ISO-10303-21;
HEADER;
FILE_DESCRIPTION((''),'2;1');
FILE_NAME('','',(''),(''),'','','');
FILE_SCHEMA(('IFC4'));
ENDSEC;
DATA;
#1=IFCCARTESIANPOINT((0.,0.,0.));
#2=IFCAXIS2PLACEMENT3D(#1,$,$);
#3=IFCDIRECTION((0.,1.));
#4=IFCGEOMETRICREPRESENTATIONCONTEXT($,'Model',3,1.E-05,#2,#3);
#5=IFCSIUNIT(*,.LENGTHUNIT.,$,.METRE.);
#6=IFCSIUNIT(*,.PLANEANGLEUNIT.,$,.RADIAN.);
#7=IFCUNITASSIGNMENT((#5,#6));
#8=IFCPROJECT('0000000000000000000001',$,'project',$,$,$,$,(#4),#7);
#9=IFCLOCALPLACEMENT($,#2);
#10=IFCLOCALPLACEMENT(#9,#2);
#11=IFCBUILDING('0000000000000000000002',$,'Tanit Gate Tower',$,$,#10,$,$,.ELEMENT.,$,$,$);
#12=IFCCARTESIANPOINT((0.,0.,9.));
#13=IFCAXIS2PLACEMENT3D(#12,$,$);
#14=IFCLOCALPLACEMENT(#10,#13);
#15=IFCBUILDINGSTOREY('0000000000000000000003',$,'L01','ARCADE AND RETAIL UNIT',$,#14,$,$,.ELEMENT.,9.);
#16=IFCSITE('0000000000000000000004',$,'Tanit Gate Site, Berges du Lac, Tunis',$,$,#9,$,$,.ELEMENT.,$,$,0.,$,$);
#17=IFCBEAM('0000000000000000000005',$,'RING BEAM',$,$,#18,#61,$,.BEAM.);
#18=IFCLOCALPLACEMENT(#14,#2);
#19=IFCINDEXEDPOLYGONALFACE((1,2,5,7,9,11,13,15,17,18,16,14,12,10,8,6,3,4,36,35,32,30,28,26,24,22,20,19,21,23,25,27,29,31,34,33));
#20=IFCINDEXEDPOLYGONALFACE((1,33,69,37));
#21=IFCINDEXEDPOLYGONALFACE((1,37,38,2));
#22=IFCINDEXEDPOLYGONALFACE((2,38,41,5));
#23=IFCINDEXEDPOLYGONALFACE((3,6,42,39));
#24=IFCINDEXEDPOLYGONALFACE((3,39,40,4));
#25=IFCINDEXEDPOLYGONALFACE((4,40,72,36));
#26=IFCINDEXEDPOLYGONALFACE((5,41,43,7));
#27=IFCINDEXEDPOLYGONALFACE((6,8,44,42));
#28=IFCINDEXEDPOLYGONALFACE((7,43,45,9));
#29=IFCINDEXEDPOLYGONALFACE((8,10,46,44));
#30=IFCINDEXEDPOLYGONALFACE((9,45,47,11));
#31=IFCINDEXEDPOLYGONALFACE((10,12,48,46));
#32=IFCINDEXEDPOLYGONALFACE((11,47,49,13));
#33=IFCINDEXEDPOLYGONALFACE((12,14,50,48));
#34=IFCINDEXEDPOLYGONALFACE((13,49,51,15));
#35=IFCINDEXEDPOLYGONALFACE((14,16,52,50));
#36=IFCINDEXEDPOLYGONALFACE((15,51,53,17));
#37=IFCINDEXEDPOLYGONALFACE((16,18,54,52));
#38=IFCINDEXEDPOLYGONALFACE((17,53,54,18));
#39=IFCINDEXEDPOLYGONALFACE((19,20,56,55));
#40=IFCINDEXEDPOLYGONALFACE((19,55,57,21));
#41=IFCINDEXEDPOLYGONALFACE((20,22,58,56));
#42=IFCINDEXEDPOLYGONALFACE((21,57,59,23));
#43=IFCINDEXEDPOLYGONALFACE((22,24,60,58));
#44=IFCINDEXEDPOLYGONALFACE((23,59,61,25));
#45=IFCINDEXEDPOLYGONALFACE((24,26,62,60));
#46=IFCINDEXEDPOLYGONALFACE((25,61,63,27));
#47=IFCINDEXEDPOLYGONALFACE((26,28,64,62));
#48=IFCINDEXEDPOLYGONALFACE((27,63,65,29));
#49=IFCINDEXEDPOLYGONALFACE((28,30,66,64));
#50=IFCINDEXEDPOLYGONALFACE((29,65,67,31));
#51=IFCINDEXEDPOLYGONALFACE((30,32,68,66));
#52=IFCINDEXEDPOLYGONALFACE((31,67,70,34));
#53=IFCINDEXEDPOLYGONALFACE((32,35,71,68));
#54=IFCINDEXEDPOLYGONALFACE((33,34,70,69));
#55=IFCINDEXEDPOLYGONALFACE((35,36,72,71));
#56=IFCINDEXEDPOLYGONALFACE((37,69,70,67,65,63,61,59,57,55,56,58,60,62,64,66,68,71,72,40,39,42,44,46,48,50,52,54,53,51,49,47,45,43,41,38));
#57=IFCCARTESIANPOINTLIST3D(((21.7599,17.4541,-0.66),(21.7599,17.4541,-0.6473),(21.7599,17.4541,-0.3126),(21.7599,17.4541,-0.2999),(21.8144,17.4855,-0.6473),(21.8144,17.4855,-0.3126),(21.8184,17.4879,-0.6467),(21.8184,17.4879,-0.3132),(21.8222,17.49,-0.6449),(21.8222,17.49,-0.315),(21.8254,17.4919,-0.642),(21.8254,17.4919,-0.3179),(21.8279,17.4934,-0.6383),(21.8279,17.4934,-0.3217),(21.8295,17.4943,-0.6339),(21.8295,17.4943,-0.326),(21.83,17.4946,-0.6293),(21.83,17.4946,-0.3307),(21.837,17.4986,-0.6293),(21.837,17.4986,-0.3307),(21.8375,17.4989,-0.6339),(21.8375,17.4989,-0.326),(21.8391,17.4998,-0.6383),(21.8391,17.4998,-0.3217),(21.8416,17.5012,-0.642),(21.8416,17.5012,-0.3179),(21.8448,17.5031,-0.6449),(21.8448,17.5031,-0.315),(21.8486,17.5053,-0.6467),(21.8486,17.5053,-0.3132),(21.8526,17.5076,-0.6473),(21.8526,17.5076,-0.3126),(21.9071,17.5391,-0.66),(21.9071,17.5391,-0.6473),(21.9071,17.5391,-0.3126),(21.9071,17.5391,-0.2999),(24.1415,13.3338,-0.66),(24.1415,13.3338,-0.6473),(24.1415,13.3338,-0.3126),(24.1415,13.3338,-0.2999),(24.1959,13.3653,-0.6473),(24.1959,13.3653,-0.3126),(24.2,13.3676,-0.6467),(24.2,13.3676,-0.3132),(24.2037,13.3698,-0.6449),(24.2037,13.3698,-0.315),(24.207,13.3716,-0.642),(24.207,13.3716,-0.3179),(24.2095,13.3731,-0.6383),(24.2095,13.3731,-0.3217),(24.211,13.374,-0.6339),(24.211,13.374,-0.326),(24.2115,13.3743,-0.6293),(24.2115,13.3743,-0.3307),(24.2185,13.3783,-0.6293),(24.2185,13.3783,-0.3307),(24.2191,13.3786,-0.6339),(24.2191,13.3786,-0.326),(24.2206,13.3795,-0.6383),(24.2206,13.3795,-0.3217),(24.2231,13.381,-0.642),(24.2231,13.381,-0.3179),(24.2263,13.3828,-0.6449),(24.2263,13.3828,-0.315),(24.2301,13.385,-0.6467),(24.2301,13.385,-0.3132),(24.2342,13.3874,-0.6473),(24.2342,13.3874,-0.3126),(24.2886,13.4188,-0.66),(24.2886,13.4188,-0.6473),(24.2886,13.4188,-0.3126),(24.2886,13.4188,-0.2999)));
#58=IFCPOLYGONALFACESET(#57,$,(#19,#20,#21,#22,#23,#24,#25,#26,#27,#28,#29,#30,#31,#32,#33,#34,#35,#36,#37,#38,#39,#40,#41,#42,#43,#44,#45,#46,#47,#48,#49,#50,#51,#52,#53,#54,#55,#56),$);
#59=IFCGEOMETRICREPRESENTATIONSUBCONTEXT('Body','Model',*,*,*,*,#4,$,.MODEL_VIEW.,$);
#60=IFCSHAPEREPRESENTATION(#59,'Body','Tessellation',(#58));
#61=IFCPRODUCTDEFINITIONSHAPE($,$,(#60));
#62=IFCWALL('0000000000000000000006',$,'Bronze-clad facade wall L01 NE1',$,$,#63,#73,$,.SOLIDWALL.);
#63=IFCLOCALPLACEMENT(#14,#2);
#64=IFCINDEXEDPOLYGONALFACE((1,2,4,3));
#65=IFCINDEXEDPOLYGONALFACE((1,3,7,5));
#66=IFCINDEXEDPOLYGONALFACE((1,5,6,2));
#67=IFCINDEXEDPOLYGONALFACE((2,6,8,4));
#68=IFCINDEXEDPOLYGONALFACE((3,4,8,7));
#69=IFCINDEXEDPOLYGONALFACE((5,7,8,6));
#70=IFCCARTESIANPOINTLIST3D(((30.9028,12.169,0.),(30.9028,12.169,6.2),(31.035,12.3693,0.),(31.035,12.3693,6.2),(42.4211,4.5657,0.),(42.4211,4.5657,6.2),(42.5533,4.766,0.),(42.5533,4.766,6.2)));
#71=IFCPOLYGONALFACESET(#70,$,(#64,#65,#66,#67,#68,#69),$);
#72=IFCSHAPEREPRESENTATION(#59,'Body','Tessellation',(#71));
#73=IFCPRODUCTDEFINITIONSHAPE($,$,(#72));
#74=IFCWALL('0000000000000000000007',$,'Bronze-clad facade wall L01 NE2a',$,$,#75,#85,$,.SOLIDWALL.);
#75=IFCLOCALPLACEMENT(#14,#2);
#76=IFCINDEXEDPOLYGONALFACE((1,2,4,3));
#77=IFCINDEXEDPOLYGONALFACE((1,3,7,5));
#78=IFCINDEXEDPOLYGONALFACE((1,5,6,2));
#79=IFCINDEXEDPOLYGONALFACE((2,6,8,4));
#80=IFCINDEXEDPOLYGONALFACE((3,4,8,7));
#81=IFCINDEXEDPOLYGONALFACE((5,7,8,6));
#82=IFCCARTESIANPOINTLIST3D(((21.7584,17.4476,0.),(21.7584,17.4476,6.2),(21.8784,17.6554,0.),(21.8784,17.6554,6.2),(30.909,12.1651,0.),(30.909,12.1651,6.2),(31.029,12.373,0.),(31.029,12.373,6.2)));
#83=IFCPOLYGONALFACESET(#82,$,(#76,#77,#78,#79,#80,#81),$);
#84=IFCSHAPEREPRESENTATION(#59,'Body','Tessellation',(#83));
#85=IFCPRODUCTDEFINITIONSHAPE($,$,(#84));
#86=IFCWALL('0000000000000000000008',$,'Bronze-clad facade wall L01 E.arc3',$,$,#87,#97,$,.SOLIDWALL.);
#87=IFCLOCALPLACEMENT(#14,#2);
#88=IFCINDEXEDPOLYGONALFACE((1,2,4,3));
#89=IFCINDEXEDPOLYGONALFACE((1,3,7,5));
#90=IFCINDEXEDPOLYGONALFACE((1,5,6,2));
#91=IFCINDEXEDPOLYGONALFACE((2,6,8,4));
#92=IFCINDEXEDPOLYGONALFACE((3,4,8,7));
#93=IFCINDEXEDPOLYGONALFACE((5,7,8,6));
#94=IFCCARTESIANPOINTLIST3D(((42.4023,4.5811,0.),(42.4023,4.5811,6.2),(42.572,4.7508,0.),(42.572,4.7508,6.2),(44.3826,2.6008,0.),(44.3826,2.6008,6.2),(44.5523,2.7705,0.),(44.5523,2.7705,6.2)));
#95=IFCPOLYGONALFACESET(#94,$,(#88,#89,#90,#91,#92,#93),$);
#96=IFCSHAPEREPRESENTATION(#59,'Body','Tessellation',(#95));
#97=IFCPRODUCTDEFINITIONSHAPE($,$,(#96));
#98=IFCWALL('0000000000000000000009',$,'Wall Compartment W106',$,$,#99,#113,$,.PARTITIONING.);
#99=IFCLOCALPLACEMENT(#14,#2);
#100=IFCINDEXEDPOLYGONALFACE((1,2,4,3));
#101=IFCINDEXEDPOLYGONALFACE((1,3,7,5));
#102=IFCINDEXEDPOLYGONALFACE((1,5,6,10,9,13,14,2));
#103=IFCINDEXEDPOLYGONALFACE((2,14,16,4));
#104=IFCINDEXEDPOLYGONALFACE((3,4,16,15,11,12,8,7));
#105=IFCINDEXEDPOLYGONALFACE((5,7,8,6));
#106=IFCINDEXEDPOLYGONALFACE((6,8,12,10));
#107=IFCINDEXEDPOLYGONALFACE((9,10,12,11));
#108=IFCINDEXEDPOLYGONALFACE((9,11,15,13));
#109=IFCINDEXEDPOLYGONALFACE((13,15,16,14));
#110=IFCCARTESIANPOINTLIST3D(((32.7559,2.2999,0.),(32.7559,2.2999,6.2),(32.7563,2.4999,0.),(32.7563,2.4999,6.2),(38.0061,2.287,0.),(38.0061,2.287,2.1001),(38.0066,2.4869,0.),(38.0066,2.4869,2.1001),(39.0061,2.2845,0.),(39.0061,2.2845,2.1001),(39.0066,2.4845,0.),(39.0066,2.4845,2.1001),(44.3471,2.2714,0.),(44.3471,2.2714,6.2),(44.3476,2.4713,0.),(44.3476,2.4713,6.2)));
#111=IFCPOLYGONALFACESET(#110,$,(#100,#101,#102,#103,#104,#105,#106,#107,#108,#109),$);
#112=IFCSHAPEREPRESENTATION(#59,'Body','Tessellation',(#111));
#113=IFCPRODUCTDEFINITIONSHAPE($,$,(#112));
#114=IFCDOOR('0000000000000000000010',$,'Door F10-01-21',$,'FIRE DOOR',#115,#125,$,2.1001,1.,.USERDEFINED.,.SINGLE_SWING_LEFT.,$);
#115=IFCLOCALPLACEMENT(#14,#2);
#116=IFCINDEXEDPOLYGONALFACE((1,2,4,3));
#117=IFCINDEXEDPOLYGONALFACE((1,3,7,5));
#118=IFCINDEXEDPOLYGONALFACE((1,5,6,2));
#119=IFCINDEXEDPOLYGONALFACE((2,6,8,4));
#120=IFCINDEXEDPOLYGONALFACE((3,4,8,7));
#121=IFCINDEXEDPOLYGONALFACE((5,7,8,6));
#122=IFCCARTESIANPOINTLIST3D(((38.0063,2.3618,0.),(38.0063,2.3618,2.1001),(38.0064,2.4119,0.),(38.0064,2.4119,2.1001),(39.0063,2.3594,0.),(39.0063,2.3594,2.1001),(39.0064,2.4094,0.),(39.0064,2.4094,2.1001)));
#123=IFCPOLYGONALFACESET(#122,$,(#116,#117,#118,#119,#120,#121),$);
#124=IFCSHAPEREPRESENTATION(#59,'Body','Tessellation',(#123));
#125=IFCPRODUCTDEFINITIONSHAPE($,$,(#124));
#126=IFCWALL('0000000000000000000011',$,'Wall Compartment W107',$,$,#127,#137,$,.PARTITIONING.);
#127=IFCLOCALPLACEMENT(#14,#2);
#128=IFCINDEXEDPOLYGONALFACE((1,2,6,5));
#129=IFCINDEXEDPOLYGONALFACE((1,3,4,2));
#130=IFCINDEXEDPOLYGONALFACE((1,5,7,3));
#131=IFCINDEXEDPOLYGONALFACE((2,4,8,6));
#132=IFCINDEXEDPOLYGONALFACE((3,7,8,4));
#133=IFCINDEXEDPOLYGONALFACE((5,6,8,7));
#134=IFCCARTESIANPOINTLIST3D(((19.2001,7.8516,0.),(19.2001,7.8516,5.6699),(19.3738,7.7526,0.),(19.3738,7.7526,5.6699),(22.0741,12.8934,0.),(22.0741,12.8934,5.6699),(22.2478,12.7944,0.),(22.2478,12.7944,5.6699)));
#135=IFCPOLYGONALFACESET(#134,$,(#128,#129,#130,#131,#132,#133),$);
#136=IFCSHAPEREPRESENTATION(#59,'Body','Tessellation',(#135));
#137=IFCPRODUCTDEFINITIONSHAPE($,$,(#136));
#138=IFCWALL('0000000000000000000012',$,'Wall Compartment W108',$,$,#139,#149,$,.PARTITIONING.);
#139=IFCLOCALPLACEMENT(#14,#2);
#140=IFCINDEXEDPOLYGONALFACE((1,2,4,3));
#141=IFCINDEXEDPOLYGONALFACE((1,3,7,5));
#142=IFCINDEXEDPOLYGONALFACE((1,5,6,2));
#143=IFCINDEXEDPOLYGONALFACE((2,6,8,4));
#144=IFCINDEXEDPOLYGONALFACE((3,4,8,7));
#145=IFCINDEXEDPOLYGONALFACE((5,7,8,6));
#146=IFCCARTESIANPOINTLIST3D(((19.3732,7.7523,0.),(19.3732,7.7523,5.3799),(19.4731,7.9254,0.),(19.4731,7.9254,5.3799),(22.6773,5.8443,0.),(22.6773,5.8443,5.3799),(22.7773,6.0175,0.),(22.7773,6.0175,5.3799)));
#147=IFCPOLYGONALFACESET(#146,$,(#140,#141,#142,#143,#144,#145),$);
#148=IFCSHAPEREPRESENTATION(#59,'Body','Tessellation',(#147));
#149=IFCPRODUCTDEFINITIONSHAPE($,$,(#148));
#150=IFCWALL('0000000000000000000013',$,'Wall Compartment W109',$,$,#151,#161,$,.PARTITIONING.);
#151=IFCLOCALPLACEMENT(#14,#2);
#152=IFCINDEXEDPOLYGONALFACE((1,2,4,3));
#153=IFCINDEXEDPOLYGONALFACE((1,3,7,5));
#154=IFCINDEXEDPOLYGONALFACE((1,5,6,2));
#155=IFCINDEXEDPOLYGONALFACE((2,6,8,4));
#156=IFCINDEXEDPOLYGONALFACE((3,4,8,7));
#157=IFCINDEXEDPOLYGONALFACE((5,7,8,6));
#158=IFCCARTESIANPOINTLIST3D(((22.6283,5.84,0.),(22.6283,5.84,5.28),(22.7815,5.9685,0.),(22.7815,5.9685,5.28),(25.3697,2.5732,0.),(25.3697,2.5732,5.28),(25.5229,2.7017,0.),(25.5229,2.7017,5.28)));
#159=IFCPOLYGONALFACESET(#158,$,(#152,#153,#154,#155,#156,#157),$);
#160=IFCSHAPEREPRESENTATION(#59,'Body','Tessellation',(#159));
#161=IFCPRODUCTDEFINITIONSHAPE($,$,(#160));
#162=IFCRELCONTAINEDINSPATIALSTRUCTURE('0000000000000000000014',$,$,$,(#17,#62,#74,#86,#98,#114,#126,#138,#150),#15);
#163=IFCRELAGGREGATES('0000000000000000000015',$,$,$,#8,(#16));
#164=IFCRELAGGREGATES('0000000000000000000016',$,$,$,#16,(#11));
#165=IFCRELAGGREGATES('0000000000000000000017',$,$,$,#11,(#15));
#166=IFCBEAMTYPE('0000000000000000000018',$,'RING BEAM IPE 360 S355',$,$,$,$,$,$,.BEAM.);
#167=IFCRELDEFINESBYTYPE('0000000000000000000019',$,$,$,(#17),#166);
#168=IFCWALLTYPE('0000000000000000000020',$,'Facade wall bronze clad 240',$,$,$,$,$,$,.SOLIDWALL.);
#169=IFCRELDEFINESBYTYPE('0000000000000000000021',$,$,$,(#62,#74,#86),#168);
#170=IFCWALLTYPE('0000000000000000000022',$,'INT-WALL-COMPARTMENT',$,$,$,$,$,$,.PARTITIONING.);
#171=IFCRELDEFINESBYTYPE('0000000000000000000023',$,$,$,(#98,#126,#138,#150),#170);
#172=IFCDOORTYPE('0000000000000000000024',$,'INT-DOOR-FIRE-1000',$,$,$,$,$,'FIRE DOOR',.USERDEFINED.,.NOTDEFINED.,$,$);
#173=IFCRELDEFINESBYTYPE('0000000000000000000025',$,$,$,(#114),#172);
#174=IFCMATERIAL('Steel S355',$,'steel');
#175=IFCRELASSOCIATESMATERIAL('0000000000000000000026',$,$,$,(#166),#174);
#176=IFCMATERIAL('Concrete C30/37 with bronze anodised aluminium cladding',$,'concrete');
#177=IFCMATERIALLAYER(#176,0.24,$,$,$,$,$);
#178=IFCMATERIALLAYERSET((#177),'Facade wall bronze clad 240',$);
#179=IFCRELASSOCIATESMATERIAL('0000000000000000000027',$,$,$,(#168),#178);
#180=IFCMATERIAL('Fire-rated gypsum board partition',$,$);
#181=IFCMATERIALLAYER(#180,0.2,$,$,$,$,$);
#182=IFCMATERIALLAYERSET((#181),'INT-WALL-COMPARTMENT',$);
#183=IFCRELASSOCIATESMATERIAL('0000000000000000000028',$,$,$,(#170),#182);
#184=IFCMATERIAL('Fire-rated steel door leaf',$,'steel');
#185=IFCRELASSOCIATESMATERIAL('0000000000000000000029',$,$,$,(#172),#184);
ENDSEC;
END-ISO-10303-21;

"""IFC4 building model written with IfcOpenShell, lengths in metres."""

from ifc_helpers import new_model, si_unit, direction, frame, frame_2d, origin, origin_2d, place, context, subcontext, project, spatial, rectangle, i_section, extrude, material, layer, layer_set, material_profile, profile_set, type_object, element, fill, save


model = new_model("IFC4")

# Units and contexts
model_context = context("Model", 3, precision=1e-05, world=origin(), true_north=direction((0.0, 1.0)))
body_context = subcontext(model_context, "Body", "Model", "MODEL_VIEW")
ifc_project = project(units=[si_unit("LENGTHUNIT", "METRE"), si_unit("PLANEANGLEUNIT", "RADIAN")], contexts=[model_context])

# Site, building, storey
site_placement = place(None, origin())
site = spatial("IfcSite", under=ifc_project, at=site_placement, Name="Tanit Gate Site, Berges du Lac, Tunis", CompositionType="ELEMENT", RefElevation=0.0)
building_placement = place(site_placement, origin())
building = spatial("IfcBuilding", under=site, at=building_placement, Name="Tanit Gate Tower", CompositionType="ELEMENT")
storey_placement = place(building_placement, frame((0.0, 0.0, 9.0)))
storey = spatial("IfcBuildingStorey", under=building, at=storey_placement, Name="L01", Description="ARCADE AND RETAIL UNIT", CompositionType="ELEMENT", Elevation=9.0)

# Beam
ifc_material_1 = material(Name="Steel S355", Category="steel")
ifc_material_profile_1 = material_profile(ifc_material_1, i_section(OverallWidth=0.1699, OverallDepth=0.3601, WebThickness=0.0081, FlangeThickness=0.0127, FilletRadius=0.0181, at=origin_2d()), Name="IPE 360")
ifc_profile_set_1 = profile_set([ifc_material_profile_1], Name="Steel S355")
beam_type_1 = type_object("IfcBeamType", Name="RING BEAM IPE 360 S355", PredefinedType="BEAM", material=ifc_profile_set_1)
beam_1_placement = place(storey_placement, frame((21.8335, 17.4966, -0.48), z_axis=(0.500425, -0.86578, 0.0), x_axis=(0.86578, 0.500425, 0.0)))
element("IfcBeam", 1, at=beam_1_placement, inside=storey, type_object=beam_type_1, Name="RING BEAM", PredefinedType="BEAM", context=body_context, shape_type="SweptSolid", body=[
    extrude(i_section(OverallWidth=0.1699, OverallDepth=0.3601, WebThickness=0.0081, FlangeThickness=0.0127, FilletRadius=0.0181, at=origin_2d()), origin(), (0.0, 0.0, 1.0), 4.759),
])

# Walls
ifc_material_2 = material(Name="Concrete C30/37 with bronze anodised aluminium cladding", Category="concrete")
ifc_layer_1 = layer(ifc_material_2, 0.24)
ifc_layer_set_1 = layer_set([ifc_layer_1], Name="Facade wall bronze clad 240")
wall_type_1 = type_object("IfcWallType", Name="Facade wall bronze clad 240", PredefinedType="SOLIDWALL", material=ifc_layer_set_1)
wall_1_placement = place(storey_placement, frame((42.4873, 4.6658, 0.0), z_axis=(0.0, 0.0, 1.0), x_axis=(-0.83457, 0.550902, 0.0)))
element("IfcWall", 2, at=wall_1_placement, inside=storey, type_object=wall_type_1, Name="Bronze-clad facade wall L01 NE1", PredefinedType="SOLIDWALL", context=body_context, shape_type="SweptSolid", body=[
    extrude(rectangle(XDim=13.8015, YDim=0.24, at=frame_2d((6.9009, 0.0))), origin(), (0.0, 0.0, 1.0), 6.2),
])
wall_2_placement = place(storey_placement, frame((30.969, 12.269, 0.0), z_axis=(0.0, 0.0, 1.0), x_axis=(-0.866052, 0.499954, 0.0)))
element("IfcWall", 3, at=wall_2_placement, inside=storey, type_object=wall_type_1, Name="Bronze-clad facade wall L01 NE2a", PredefinedType="SOLIDWALL", context=body_context, shape_type="SweptSolid", body=[
    extrude(rectangle(XDim=10.5659, YDim=0.24, at=frame_2d((5.283, 0.0))), origin(), (0.0, 0.0, 1.0), 6.2),
])
wall_3_placement = place(storey_placement, frame((44.4675, 2.6855, 0.0), z_axis=(0.0, 0.0, 1.0), x_axis=(-0.707107, 0.707107, 0.0)))
element("IfcWall", 4, at=wall_3_placement, inside=storey, type_object=wall_type_1, Name="Bronze-clad facade wall L01 E.arc3", PredefinedType="SOLIDWALL", context=body_context, shape_type="SweptSolid", body=[
    extrude(rectangle(XDim=2.8005, YDim=0.24, at=frame_2d((1.4004, 0.0))), origin(), (0.0, 0.0, 1.0), 6.2),
])

# Wall, opening, door
ifc_material_3 = material(Name="Fire-rated gypsum board partition")
ifc_layer_2 = layer(ifc_material_3, 0.2)
ifc_layer_set_2 = layer_set([ifc_layer_2], Name="INT-WALL-COMPARTMENT")
wall_type_2 = type_object("IfcWallType", Name="INT-WALL-COMPARTMENT", PredefinedType="PARTITIONING", material=ifc_layer_set_2)
wall_4_placement = place(storey_placement, frame((32.7561, 2.3999, 0.0), z_axis=(0.0, 0.0, 1.0), x_axis=(0.999997, -0.002464, 0.0)))
wall_4 = element("IfcWall", 5, at=wall_4_placement, inside=storey, type_object=wall_type_2, Name="Wall Compartment W106", PredefinedType="PARTITIONING", context=body_context, shape_type="SweptSolid", body=[
    extrude(rectangle(XDim=11.5913, YDim=0.2, at=frame_2d((5.7957, 0.0))), origin(), (0.0, 0.0, 1.0), 6.2),
])
opening_1_placement = place(wall_4_placement, frame((5.2502, 0.0, 0.0)))
opening_1 = element("IfcOpeningElement", 6, at=opening_1_placement, cuts=wall_4, PredefinedType="OPENING", context=body_context, shape_type="SweptSolid", body=[
    extrude(rectangle(XDim=1.0, YDim=2.1001, at=frame_2d((0.5, 1.05))), frame((0.0, 0.1099, 0.0), z_axis=(0.0, -1.0, 0.0), x_axis=(1.0, 0.0, 0.0)), (0.0, 0.0, 1.0), 0.22),
])
ifc_material_4 = material(Name="Fire-rated steel door leaf", Category="steel")
door_type_1 = type_object("IfcDoorType", Name="INT-DOOR-FIRE-1000", ElementType="FIRE DOOR", OperationType="NOTDEFINED", PredefinedType="USERDEFINED", material=ifc_material_4)
door_1_placement = place(opening_1_placement, origin())
door_1 = element("IfcDoor", 7, at=door_1_placement, inside=storey, type_object=door_type_1, Name="Door F10-01-21", ObjectType="FIRE DOOR", OperationType="SINGLE_SWING_LEFT", OverallHeight=2.1001, OverallWidth=1.0, PredefinedType="USERDEFINED", context=body_context, shape_type="SweptSolid", body=[
    extrude(rectangle(XDim=1.0, YDim=2.1001, at=frame_2d((0.5, 1.05))), frame((0.0, 0.0249, 0.0), z_axis=(0.0, -1.0, 0.0), x_axis=(1.0, 0.0, 0.0)), (0.0, 0.0, 1.0), 0.05),
])
fill(opening_1, door_1)

# Walls
wall_5_placement = place(storey_placement, frame((19.2869, 7.802, 0.0), z_axis=(0.0, 0.0, 1.0), x_axis=(0.495233, 0.86876, 0.0)))
element("IfcWall", 8, at=wall_5_placement, inside=storey, type_object=wall_type_2, Name="Wall Compartment W107", PredefinedType="PARTITIONING", context=body_context, shape_type="SweptSolid", body=[
    extrude(rectangle(XDim=5.8035, YDim=0.2, at=frame_2d((2.9019, 0.0))), origin(), (0.0, 0.0, 1.0), 5.6699),
])
wall_6_placement = place(storey_placement, frame((22.7273, 5.9309, 0.0), z_axis=(0.0, 0.0, 1.0), x_axis=(-0.865994, 0.500055, 0.0)))
element("IfcWall", 9, at=wall_6_placement, inside=storey, type_object=wall_type_2, Name="Wall Compartment W108", PredefinedType="PARTITIONING", context=body_context, shape_type="SweptSolid", body=[
    extrude(rectangle(XDim=3.8154, YDim=0.2, at=frame_2d((1.9077, 0.0))), origin(), (0.0, 0.0, 1.0), 5.3799),
])
wall_7_placement = place(storey_placement, frame((25.4463, 2.6375, 0.0), z_axis=(0.0, 0.0, 1.0), x_axis=(-0.642821, 0.766016, 0.0)))
element("IfcWall", 10, at=wall_7_placement, inside=storey, type_object=wall_type_2, Name="Wall Compartment W109", PredefinedType="PARTITIONING", context=body_context, shape_type="SweptSolid", body=[
    extrude(rectangle(XDim=4.2646, YDim=0.2, at=frame_2d((2.1323, 0.0))), origin(), (0.0, 0.0, 1.0), 5.28),
])

save(model, "model.ifc")
